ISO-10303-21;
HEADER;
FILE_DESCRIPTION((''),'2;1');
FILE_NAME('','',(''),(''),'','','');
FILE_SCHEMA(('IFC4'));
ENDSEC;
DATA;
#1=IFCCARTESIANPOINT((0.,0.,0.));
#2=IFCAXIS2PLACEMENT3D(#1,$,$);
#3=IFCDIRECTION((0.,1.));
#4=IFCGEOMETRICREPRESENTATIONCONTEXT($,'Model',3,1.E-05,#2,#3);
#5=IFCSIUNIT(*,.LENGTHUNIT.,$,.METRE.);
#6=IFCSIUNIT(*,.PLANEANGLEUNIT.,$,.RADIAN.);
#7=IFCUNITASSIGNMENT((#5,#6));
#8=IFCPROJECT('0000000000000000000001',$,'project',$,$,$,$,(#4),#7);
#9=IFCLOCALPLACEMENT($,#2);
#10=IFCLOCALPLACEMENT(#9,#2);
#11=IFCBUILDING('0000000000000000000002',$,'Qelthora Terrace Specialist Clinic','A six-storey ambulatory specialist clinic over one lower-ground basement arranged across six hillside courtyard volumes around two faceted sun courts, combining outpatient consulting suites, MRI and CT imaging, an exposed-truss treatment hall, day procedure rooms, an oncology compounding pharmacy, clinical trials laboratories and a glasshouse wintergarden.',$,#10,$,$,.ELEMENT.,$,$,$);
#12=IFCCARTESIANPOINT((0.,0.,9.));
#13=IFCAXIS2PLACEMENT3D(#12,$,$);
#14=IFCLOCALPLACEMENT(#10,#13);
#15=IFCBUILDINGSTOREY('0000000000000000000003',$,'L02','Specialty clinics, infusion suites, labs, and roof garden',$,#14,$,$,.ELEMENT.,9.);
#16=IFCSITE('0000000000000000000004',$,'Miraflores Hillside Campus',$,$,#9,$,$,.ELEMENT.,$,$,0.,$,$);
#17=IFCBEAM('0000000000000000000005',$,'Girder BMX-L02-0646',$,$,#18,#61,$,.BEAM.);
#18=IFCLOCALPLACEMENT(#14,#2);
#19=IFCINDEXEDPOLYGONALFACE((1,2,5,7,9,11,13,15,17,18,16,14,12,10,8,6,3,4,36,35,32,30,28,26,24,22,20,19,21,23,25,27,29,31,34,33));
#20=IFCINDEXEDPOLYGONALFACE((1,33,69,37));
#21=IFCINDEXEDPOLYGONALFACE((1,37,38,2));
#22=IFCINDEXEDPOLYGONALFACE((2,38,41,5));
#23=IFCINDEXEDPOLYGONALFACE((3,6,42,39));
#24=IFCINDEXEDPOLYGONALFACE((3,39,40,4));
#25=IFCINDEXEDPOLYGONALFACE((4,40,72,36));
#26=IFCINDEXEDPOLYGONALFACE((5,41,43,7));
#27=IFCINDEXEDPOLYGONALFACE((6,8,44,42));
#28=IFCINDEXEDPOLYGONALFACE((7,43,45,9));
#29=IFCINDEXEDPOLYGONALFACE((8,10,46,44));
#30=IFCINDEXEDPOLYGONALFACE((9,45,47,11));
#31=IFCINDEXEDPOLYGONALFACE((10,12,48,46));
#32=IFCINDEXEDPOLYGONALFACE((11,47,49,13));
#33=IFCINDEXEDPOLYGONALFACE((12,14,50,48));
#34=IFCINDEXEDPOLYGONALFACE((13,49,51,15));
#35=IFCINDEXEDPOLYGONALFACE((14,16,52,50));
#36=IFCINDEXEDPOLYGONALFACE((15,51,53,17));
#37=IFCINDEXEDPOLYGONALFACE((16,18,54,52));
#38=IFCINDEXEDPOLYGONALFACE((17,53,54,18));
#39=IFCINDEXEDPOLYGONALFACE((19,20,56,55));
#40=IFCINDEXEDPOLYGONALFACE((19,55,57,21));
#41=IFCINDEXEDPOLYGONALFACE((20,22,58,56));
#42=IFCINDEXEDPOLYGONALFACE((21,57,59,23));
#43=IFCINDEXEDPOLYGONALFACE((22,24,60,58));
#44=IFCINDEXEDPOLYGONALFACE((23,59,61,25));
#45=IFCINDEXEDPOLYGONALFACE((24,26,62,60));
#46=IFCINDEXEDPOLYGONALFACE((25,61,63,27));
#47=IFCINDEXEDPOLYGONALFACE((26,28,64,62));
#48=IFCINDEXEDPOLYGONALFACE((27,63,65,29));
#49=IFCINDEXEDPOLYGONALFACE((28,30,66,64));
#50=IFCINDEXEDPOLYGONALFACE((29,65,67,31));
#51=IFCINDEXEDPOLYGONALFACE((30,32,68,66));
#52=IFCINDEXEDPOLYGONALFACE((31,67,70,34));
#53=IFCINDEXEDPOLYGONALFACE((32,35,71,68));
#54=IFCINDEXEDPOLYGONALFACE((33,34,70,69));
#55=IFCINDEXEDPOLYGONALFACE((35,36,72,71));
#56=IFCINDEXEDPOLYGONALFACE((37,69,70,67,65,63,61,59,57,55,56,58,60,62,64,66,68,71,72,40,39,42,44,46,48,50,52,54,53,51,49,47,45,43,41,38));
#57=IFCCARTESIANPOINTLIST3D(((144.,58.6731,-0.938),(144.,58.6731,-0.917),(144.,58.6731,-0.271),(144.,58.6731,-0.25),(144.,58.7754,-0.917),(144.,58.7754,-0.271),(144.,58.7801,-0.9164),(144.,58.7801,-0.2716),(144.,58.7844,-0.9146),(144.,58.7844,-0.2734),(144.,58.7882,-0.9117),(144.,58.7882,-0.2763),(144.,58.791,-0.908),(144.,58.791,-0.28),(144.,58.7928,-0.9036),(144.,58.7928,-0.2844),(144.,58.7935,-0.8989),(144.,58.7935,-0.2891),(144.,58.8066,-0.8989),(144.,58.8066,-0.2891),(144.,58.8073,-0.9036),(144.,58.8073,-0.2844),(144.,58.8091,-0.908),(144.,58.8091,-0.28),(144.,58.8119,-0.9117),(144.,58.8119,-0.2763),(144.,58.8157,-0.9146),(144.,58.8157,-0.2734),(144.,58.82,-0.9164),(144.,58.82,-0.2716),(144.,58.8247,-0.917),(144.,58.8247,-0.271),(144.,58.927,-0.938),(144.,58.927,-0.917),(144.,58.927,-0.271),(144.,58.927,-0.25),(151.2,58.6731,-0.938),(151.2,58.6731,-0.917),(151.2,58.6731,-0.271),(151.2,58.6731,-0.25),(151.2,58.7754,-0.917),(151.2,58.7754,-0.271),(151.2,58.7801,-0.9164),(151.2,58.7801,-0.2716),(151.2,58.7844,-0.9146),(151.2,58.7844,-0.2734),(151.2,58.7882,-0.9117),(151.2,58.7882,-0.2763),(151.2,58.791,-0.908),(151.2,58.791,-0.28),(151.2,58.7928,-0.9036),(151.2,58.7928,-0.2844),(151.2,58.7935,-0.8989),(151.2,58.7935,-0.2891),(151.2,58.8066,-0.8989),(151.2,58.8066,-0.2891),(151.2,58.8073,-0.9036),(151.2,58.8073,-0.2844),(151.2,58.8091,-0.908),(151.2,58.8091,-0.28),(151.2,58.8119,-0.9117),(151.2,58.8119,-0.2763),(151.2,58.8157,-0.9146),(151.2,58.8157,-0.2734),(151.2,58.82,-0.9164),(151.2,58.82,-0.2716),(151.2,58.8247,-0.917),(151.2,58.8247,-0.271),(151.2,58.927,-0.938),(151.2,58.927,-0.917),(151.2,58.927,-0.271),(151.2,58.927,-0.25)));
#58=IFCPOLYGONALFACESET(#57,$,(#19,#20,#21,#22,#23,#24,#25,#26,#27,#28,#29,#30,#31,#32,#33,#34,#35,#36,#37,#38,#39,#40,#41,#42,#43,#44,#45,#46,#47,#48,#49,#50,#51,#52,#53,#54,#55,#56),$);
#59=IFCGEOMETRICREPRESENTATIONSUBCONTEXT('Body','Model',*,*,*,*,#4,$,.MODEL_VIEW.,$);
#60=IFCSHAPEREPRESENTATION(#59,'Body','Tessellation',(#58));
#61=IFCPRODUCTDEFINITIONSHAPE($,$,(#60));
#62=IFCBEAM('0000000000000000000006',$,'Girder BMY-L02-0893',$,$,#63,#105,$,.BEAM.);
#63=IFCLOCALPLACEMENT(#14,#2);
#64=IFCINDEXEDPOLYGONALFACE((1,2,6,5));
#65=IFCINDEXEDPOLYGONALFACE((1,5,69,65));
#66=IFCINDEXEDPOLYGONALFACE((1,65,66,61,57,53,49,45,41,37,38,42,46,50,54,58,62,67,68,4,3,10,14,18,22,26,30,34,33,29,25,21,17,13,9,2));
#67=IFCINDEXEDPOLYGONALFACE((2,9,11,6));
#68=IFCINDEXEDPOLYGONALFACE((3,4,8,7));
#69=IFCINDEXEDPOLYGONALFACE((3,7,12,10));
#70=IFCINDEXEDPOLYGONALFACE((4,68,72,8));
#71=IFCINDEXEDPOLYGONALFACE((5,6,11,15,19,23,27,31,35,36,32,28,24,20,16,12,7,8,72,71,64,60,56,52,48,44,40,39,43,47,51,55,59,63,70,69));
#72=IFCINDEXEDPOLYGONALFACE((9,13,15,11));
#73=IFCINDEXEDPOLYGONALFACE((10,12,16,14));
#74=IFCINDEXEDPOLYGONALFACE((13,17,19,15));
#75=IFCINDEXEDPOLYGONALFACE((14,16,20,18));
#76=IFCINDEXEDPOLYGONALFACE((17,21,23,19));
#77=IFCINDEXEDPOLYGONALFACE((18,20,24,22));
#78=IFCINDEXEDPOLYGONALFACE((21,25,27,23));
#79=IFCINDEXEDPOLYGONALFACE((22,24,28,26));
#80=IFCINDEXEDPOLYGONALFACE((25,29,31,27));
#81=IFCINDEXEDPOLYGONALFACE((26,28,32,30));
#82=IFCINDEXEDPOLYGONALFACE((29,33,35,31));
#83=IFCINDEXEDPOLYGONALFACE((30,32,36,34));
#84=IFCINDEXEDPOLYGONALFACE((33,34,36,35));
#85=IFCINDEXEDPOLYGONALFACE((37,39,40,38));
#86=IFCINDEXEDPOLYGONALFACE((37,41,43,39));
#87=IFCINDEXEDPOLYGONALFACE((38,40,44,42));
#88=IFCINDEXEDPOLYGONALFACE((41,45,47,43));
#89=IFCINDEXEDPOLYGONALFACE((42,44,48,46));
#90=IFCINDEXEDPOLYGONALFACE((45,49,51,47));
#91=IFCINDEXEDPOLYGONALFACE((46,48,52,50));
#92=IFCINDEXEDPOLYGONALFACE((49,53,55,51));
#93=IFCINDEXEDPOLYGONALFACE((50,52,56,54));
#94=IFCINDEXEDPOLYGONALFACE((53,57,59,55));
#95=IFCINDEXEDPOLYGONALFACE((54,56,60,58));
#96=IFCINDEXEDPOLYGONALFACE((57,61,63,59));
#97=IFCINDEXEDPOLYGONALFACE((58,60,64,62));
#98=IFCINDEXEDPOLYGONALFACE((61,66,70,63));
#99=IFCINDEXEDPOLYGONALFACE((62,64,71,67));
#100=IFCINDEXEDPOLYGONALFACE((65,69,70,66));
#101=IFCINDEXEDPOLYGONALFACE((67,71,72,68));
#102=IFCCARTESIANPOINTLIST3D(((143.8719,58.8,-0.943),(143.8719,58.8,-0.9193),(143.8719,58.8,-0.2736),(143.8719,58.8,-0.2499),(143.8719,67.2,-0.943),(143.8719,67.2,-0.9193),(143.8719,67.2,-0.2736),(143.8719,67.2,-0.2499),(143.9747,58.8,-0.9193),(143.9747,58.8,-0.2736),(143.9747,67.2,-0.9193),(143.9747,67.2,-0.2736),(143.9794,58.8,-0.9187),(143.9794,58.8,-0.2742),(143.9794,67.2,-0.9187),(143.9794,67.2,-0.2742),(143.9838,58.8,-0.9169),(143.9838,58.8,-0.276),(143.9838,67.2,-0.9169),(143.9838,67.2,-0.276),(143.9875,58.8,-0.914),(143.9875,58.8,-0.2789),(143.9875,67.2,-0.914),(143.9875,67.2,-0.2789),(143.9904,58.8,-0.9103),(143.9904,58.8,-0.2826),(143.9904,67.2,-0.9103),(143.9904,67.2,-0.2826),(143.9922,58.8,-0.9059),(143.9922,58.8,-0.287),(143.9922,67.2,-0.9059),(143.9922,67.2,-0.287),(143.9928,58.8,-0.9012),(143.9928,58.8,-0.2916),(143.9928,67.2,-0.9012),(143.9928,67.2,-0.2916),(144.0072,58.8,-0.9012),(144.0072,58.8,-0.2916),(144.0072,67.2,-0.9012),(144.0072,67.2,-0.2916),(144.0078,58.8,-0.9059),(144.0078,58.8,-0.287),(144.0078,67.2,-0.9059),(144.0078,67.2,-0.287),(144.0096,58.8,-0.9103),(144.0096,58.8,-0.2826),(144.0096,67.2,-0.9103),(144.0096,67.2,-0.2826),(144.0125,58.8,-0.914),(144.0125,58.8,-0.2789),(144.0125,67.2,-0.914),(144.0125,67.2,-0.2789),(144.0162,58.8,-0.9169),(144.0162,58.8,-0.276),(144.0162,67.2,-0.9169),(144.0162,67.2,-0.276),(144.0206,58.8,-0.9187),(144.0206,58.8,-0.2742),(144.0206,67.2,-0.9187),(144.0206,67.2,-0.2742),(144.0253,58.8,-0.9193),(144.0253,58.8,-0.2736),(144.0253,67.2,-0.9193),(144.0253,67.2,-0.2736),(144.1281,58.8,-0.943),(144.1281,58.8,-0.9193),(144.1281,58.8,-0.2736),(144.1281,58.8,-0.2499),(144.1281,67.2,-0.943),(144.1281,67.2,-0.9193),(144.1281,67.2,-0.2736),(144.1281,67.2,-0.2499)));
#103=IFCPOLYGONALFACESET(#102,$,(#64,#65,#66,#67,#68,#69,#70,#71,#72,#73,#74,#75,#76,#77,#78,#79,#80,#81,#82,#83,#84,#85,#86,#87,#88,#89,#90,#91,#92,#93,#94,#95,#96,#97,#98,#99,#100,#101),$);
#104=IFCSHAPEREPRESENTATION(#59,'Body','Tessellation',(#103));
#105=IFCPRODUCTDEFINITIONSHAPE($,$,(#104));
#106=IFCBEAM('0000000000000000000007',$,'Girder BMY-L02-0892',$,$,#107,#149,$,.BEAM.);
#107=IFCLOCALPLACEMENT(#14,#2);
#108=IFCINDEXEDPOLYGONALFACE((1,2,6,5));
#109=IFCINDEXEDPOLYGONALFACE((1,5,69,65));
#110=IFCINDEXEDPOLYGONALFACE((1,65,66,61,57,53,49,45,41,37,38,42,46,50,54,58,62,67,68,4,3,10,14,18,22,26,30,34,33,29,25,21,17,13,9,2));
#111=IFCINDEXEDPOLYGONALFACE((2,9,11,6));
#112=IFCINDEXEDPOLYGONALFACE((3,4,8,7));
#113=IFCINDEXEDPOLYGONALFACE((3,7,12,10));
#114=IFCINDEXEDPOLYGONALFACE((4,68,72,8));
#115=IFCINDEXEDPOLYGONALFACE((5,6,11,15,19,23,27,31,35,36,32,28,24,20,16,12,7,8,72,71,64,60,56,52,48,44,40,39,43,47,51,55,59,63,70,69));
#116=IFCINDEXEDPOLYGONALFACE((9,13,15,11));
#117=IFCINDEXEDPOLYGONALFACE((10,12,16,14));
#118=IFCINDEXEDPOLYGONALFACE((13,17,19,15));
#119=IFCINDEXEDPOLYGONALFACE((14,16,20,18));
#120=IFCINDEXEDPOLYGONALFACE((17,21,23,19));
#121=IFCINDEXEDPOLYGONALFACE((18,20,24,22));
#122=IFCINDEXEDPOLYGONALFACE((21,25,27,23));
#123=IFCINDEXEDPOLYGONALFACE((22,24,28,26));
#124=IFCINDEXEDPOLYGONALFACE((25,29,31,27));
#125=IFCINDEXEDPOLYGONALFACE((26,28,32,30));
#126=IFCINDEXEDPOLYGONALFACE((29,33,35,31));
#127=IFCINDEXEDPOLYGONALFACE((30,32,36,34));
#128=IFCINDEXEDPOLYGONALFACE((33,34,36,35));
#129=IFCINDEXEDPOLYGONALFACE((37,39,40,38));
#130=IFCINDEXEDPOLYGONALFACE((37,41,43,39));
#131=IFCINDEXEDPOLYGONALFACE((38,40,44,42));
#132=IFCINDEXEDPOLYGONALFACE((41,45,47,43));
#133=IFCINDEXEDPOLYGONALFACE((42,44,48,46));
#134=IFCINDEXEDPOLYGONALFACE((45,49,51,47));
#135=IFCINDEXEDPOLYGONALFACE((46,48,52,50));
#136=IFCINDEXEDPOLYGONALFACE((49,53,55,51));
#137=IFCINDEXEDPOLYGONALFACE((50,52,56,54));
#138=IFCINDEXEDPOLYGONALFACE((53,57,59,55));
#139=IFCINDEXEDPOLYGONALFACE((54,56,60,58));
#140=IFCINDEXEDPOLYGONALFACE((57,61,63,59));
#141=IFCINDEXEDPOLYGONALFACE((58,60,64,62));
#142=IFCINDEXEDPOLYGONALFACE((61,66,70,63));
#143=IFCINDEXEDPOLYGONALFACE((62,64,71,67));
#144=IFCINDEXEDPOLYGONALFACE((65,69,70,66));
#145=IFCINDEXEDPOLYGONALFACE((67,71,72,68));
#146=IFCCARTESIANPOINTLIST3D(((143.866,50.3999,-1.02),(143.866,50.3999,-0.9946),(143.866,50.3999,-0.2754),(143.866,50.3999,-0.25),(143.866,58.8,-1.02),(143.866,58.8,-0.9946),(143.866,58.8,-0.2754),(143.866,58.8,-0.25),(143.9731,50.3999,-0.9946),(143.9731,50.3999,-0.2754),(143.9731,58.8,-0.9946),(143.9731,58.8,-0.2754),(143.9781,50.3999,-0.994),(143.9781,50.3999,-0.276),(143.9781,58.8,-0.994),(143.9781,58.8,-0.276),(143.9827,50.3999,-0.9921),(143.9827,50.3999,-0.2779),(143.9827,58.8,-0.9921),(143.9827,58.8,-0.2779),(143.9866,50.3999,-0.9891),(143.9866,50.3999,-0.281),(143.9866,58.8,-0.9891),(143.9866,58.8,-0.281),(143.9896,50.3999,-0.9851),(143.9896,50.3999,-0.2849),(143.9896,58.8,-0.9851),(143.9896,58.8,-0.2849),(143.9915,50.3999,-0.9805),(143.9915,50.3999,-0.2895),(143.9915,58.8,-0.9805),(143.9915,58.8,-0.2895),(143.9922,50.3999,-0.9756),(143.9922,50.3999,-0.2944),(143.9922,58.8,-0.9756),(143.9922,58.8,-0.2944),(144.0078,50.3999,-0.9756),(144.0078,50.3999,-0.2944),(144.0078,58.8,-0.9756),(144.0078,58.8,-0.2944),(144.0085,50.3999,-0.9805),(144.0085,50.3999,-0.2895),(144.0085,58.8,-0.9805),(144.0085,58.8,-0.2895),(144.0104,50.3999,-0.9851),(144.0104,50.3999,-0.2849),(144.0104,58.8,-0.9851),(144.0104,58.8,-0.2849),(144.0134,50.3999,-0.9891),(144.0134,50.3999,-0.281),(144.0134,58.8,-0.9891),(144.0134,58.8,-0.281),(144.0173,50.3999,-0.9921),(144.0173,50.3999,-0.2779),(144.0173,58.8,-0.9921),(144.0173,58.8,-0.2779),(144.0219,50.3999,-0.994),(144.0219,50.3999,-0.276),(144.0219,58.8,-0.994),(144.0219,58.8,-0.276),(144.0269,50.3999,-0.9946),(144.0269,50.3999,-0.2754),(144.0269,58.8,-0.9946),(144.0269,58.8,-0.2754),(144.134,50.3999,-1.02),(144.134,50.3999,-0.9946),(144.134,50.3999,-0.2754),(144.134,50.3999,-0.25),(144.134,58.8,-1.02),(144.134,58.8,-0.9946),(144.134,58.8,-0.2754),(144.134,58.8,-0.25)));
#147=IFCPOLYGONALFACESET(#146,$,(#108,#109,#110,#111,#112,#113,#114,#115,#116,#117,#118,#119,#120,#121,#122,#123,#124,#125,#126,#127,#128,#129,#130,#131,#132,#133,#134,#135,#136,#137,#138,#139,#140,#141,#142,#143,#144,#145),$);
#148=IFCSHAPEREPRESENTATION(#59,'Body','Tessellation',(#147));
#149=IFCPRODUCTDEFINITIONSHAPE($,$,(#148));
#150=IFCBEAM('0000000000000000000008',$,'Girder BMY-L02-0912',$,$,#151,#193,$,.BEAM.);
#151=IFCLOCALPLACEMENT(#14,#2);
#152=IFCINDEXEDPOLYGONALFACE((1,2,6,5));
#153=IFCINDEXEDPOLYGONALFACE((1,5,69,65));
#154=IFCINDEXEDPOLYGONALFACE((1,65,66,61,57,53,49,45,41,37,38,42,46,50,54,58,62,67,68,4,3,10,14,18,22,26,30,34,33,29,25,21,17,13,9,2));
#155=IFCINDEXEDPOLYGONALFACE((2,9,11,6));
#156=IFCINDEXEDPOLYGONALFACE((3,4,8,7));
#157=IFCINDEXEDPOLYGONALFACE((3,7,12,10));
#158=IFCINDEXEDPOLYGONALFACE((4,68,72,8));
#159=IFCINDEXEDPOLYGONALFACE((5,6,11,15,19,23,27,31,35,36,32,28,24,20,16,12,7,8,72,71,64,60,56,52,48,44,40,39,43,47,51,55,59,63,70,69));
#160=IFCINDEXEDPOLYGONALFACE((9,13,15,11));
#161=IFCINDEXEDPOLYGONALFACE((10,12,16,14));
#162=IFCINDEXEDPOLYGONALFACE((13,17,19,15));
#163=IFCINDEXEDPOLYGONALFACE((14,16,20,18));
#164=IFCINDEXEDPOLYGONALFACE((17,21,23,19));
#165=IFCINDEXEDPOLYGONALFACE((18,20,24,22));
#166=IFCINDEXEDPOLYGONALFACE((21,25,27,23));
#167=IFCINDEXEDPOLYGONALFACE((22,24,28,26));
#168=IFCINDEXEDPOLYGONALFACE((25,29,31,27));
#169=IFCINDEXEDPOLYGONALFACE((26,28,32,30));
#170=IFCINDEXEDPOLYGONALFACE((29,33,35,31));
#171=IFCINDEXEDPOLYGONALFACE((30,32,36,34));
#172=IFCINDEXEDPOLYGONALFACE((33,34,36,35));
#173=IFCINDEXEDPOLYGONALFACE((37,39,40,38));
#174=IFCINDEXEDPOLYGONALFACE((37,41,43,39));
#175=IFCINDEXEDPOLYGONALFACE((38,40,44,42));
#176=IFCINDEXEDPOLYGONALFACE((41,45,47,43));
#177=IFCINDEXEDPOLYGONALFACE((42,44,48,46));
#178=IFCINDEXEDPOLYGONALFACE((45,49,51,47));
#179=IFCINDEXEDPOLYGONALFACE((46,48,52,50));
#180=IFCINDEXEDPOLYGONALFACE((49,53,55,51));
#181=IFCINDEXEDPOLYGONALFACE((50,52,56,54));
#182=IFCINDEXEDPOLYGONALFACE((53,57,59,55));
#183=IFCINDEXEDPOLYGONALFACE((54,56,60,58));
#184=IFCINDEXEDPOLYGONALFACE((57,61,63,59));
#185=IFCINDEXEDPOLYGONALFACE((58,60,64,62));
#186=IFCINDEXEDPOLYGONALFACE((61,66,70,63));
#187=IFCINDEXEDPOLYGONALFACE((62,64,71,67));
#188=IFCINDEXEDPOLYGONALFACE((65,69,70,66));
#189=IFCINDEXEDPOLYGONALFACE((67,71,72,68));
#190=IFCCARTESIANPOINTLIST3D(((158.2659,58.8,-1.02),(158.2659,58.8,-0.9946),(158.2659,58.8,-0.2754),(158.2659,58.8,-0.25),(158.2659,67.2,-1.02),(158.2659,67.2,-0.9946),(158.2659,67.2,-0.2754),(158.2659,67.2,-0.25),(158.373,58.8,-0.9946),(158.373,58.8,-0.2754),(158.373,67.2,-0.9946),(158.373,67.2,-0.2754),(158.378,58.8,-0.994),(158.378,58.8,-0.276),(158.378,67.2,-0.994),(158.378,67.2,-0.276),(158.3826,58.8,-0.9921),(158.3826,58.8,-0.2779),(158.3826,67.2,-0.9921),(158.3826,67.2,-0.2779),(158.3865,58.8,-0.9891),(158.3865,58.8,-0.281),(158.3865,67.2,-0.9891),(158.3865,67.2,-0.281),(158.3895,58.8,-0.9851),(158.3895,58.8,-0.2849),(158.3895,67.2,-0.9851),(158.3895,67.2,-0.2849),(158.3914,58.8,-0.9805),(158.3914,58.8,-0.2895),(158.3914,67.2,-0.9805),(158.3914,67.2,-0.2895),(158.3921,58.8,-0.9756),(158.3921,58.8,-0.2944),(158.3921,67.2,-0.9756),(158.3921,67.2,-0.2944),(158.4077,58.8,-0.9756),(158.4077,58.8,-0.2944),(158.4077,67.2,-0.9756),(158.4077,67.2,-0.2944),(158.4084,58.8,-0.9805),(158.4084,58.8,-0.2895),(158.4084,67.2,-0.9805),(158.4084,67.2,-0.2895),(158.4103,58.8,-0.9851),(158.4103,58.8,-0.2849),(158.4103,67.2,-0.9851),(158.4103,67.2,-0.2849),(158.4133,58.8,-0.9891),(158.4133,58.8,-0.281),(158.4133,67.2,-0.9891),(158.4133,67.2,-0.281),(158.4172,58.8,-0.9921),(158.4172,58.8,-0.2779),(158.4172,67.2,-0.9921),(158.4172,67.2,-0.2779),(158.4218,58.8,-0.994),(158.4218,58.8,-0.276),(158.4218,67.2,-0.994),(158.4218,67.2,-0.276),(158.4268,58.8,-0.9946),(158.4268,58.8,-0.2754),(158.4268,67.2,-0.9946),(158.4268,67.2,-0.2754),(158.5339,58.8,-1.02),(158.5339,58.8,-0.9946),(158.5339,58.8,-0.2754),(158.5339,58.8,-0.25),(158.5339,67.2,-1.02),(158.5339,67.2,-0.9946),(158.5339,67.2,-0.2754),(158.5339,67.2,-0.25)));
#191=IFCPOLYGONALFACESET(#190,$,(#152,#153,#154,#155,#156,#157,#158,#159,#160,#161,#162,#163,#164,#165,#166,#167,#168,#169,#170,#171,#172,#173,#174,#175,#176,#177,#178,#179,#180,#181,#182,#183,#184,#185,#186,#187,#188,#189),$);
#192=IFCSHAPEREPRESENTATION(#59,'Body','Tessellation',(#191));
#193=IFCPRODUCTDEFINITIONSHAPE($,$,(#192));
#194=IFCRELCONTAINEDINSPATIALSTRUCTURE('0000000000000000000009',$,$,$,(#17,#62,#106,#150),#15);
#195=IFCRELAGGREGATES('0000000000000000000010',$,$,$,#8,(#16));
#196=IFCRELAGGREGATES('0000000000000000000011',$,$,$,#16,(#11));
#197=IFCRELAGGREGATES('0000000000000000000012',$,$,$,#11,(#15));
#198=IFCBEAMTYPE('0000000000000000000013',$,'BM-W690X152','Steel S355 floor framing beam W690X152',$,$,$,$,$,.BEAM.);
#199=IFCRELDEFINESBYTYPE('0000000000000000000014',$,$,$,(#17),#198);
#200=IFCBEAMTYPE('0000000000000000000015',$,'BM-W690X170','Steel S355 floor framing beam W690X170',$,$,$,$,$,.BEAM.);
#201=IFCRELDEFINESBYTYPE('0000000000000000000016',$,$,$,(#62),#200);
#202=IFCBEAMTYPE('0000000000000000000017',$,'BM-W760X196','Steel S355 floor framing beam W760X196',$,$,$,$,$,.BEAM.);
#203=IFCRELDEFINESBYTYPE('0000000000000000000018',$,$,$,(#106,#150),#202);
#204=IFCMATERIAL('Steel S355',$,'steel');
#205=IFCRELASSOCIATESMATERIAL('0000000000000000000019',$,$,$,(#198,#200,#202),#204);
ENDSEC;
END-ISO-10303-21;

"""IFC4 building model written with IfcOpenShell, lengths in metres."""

from ifc_helpers import new_model, si_unit, direction, frame, origin, origin_2d, place, context, subcontext, project, spatial, i_section, extrude, material, material_profile, profile_set, type_object, element, save


model = new_model("IFC4")

# Units and contexts
model_context = context("Model", 3, precision=1e-05, world=origin(), true_north=direction((0.0, 1.0)))
body_context = subcontext(model_context, "Body", "Model", "MODEL_VIEW")
ifc_project = project(units=[si_unit("LENGTHUNIT", "METRE"), si_unit("PLANEANGLEUNIT", "RADIAN")], contexts=[model_context])

# Site, building, storey
site_placement = place(None, origin())
site = spatial("IfcSite", under=ifc_project, at=site_placement, Name="Miraflores Hillside Campus", CompositionType="ELEMENT", RefElevation=0.0)
building_placement = place(site_placement, origin())
building = spatial("IfcBuilding", under=site, at=building_placement, Name="Qelthora Terrace Specialist Clinic", Description="A six-storey ambulatory specialist clinic over one lower-ground basement arranged across six hillside courtyard volumes around two faceted sun courts, combining outpatient consulting suites, MRI and CT imaging, an exposed-truss treatment hall, day procedure rooms, an oncology compounding pharmacy, clinical trials laboratories and a glasshouse wintergarden.", CompositionType="ELEMENT")
storey_placement = place(building_placement, frame((0.0, 0.0, 9.0)))
storey = spatial("IfcBuildingStorey", under=building, at=storey_placement, Name="L02", Description="Specialty clinics, infusion suites, labs, and roof garden", CompositionType="ELEMENT", Elevation=9.0)

# Shared definitions
ifc_material_1 = material(Name="Steel S355", Category="steel")

# Beams
ifc_material_profile_1 = material_profile(ifc_material_1, i_section(OverallWidth=0.2539, OverallDepth=0.688, WebThickness=0.0132, FlangeThickness=0.021, FilletRadius=0.0181, at=origin_2d()), Name="W690X152")
ifc_profile_set_1 = profile_set([ifc_material_profile_1], Name="Steel S355")
beam_type_1 = type_object("IfcBeamType", Name="BM-W690X152", Description="Steel S355 floor framing beam W690X152", PredefinedType="BEAM", material=ifc_profile_set_1)
beam_1_placement = place(storey_placement, frame((144.0, 58.8, -0.594), z_axis=(1.0, 0.0, 0.0), x_axis=(0.0, 1.0, 0.0)))
element("IfcBeam", 1, at=beam_1_placement, inside=storey, type_object=beam_type_1, Name="Girder BMX-L02-0646", PredefinedType="BEAM", context=body_context, shape_type="SweptSolid", body=[
    extrude(i_section(OverallWidth=0.2539, OverallDepth=0.688, WebThickness=0.0132, FlangeThickness=0.021, FilletRadius=0.0181, at=origin_2d()), origin(), (0.0, 0.0, 1.0), 7.2),
])
ifc_material_profile_2 = material_profile(ifc_material_1, i_section(OverallWidth=0.2561, OverallDepth=0.6931, WebThickness=0.0144, FlangeThickness=0.0237, FilletRadius=0.0181, at=origin_2d()), Name="W690X170")
ifc_profile_set_2 = profile_set([ifc_material_profile_2], Name="Steel S355")
beam_type_2 = type_object("IfcBeamType", Name="BM-W690X170", Description="Steel S355 floor framing beam W690X170", PredefinedType="BEAM", material=ifc_profile_set_2)
beam_2_placement = place(storey_placement, frame((144.0, 58.8, -0.5964), z_axis=(0.0, 1.0, 0.0), x_axis=(-1.0, 0.0, 0.0)))
element("IfcBeam", 2, at=beam_2_placement, inside=storey, type_object=beam_type_2, Name="Girder BMY-L02-0893", PredefinedType="BEAM", context=body_context, shape_type="SweptSolid", body=[
    extrude(i_section(OverallWidth=0.2561, OverallDepth=0.6931, WebThickness=0.0144, FlangeThickness=0.0237, FilletRadius=0.0181, at=origin_2d()), origin(), (0.0, 0.0, 1.0), 8.3999),
])
ifc_material_profile_3 = material_profile(ifc_material_1, i_section(OverallWidth=0.2681, OverallDepth=0.77, WebThickness=0.0156, FlangeThickness=0.0254, FilletRadius=0.019, at=origin_2d()), Name="W760X196")
ifc_profile_set_3 = profile_set([ifc_material_profile_3], Name="Steel S355")
beam_type_3 = type_object("IfcBeamType", Name="BM-W760X196", Description="Steel S355 floor framing beam W760X196", PredefinedType="BEAM", material=ifc_profile_set_3)
beam_3_placement = place(storey_placement, frame((144.0, 50.3999, -0.635), z_axis=(0.0, 1.0, 0.0), x_axis=(-1.0, 0.0, 0.0)))
element("IfcBeam", 3, at=beam_3_placement, inside=storey, type_object=beam_type_3, Name="Girder BMY-L02-0892", PredefinedType="BEAM", context=body_context, shape_type="SweptSolid", body=[
    extrude(i_section(OverallWidth=0.2681, OverallDepth=0.77, WebThickness=0.0156, FlangeThickness=0.0254, FilletRadius=0.019, at=origin_2d()), origin(), (0.0, 0.0, 1.0), 8.4001),
])
beam_4_placement = place(storey_placement, frame((158.3999, 58.8, -0.635), z_axis=(0.0, 1.0, 0.0), x_axis=(-1.0, 0.0, 0.0)))
element("IfcBeam", 4, at=beam_4_placement, inside=storey, type_object=beam_type_3, Name="Girder BMY-L02-0912", PredefinedType="BEAM", context=body_context, shape_type="SweptSolid", body=[
    extrude(i_section(OverallWidth=0.2681, OverallDepth=0.77, WebThickness=0.0156, FlangeThickness=0.0254, FilletRadius=0.019, at=origin_2d()), origin(), (0.0, 0.0, 1.0), 8.3999),
])

save(model, "model.ifc")
